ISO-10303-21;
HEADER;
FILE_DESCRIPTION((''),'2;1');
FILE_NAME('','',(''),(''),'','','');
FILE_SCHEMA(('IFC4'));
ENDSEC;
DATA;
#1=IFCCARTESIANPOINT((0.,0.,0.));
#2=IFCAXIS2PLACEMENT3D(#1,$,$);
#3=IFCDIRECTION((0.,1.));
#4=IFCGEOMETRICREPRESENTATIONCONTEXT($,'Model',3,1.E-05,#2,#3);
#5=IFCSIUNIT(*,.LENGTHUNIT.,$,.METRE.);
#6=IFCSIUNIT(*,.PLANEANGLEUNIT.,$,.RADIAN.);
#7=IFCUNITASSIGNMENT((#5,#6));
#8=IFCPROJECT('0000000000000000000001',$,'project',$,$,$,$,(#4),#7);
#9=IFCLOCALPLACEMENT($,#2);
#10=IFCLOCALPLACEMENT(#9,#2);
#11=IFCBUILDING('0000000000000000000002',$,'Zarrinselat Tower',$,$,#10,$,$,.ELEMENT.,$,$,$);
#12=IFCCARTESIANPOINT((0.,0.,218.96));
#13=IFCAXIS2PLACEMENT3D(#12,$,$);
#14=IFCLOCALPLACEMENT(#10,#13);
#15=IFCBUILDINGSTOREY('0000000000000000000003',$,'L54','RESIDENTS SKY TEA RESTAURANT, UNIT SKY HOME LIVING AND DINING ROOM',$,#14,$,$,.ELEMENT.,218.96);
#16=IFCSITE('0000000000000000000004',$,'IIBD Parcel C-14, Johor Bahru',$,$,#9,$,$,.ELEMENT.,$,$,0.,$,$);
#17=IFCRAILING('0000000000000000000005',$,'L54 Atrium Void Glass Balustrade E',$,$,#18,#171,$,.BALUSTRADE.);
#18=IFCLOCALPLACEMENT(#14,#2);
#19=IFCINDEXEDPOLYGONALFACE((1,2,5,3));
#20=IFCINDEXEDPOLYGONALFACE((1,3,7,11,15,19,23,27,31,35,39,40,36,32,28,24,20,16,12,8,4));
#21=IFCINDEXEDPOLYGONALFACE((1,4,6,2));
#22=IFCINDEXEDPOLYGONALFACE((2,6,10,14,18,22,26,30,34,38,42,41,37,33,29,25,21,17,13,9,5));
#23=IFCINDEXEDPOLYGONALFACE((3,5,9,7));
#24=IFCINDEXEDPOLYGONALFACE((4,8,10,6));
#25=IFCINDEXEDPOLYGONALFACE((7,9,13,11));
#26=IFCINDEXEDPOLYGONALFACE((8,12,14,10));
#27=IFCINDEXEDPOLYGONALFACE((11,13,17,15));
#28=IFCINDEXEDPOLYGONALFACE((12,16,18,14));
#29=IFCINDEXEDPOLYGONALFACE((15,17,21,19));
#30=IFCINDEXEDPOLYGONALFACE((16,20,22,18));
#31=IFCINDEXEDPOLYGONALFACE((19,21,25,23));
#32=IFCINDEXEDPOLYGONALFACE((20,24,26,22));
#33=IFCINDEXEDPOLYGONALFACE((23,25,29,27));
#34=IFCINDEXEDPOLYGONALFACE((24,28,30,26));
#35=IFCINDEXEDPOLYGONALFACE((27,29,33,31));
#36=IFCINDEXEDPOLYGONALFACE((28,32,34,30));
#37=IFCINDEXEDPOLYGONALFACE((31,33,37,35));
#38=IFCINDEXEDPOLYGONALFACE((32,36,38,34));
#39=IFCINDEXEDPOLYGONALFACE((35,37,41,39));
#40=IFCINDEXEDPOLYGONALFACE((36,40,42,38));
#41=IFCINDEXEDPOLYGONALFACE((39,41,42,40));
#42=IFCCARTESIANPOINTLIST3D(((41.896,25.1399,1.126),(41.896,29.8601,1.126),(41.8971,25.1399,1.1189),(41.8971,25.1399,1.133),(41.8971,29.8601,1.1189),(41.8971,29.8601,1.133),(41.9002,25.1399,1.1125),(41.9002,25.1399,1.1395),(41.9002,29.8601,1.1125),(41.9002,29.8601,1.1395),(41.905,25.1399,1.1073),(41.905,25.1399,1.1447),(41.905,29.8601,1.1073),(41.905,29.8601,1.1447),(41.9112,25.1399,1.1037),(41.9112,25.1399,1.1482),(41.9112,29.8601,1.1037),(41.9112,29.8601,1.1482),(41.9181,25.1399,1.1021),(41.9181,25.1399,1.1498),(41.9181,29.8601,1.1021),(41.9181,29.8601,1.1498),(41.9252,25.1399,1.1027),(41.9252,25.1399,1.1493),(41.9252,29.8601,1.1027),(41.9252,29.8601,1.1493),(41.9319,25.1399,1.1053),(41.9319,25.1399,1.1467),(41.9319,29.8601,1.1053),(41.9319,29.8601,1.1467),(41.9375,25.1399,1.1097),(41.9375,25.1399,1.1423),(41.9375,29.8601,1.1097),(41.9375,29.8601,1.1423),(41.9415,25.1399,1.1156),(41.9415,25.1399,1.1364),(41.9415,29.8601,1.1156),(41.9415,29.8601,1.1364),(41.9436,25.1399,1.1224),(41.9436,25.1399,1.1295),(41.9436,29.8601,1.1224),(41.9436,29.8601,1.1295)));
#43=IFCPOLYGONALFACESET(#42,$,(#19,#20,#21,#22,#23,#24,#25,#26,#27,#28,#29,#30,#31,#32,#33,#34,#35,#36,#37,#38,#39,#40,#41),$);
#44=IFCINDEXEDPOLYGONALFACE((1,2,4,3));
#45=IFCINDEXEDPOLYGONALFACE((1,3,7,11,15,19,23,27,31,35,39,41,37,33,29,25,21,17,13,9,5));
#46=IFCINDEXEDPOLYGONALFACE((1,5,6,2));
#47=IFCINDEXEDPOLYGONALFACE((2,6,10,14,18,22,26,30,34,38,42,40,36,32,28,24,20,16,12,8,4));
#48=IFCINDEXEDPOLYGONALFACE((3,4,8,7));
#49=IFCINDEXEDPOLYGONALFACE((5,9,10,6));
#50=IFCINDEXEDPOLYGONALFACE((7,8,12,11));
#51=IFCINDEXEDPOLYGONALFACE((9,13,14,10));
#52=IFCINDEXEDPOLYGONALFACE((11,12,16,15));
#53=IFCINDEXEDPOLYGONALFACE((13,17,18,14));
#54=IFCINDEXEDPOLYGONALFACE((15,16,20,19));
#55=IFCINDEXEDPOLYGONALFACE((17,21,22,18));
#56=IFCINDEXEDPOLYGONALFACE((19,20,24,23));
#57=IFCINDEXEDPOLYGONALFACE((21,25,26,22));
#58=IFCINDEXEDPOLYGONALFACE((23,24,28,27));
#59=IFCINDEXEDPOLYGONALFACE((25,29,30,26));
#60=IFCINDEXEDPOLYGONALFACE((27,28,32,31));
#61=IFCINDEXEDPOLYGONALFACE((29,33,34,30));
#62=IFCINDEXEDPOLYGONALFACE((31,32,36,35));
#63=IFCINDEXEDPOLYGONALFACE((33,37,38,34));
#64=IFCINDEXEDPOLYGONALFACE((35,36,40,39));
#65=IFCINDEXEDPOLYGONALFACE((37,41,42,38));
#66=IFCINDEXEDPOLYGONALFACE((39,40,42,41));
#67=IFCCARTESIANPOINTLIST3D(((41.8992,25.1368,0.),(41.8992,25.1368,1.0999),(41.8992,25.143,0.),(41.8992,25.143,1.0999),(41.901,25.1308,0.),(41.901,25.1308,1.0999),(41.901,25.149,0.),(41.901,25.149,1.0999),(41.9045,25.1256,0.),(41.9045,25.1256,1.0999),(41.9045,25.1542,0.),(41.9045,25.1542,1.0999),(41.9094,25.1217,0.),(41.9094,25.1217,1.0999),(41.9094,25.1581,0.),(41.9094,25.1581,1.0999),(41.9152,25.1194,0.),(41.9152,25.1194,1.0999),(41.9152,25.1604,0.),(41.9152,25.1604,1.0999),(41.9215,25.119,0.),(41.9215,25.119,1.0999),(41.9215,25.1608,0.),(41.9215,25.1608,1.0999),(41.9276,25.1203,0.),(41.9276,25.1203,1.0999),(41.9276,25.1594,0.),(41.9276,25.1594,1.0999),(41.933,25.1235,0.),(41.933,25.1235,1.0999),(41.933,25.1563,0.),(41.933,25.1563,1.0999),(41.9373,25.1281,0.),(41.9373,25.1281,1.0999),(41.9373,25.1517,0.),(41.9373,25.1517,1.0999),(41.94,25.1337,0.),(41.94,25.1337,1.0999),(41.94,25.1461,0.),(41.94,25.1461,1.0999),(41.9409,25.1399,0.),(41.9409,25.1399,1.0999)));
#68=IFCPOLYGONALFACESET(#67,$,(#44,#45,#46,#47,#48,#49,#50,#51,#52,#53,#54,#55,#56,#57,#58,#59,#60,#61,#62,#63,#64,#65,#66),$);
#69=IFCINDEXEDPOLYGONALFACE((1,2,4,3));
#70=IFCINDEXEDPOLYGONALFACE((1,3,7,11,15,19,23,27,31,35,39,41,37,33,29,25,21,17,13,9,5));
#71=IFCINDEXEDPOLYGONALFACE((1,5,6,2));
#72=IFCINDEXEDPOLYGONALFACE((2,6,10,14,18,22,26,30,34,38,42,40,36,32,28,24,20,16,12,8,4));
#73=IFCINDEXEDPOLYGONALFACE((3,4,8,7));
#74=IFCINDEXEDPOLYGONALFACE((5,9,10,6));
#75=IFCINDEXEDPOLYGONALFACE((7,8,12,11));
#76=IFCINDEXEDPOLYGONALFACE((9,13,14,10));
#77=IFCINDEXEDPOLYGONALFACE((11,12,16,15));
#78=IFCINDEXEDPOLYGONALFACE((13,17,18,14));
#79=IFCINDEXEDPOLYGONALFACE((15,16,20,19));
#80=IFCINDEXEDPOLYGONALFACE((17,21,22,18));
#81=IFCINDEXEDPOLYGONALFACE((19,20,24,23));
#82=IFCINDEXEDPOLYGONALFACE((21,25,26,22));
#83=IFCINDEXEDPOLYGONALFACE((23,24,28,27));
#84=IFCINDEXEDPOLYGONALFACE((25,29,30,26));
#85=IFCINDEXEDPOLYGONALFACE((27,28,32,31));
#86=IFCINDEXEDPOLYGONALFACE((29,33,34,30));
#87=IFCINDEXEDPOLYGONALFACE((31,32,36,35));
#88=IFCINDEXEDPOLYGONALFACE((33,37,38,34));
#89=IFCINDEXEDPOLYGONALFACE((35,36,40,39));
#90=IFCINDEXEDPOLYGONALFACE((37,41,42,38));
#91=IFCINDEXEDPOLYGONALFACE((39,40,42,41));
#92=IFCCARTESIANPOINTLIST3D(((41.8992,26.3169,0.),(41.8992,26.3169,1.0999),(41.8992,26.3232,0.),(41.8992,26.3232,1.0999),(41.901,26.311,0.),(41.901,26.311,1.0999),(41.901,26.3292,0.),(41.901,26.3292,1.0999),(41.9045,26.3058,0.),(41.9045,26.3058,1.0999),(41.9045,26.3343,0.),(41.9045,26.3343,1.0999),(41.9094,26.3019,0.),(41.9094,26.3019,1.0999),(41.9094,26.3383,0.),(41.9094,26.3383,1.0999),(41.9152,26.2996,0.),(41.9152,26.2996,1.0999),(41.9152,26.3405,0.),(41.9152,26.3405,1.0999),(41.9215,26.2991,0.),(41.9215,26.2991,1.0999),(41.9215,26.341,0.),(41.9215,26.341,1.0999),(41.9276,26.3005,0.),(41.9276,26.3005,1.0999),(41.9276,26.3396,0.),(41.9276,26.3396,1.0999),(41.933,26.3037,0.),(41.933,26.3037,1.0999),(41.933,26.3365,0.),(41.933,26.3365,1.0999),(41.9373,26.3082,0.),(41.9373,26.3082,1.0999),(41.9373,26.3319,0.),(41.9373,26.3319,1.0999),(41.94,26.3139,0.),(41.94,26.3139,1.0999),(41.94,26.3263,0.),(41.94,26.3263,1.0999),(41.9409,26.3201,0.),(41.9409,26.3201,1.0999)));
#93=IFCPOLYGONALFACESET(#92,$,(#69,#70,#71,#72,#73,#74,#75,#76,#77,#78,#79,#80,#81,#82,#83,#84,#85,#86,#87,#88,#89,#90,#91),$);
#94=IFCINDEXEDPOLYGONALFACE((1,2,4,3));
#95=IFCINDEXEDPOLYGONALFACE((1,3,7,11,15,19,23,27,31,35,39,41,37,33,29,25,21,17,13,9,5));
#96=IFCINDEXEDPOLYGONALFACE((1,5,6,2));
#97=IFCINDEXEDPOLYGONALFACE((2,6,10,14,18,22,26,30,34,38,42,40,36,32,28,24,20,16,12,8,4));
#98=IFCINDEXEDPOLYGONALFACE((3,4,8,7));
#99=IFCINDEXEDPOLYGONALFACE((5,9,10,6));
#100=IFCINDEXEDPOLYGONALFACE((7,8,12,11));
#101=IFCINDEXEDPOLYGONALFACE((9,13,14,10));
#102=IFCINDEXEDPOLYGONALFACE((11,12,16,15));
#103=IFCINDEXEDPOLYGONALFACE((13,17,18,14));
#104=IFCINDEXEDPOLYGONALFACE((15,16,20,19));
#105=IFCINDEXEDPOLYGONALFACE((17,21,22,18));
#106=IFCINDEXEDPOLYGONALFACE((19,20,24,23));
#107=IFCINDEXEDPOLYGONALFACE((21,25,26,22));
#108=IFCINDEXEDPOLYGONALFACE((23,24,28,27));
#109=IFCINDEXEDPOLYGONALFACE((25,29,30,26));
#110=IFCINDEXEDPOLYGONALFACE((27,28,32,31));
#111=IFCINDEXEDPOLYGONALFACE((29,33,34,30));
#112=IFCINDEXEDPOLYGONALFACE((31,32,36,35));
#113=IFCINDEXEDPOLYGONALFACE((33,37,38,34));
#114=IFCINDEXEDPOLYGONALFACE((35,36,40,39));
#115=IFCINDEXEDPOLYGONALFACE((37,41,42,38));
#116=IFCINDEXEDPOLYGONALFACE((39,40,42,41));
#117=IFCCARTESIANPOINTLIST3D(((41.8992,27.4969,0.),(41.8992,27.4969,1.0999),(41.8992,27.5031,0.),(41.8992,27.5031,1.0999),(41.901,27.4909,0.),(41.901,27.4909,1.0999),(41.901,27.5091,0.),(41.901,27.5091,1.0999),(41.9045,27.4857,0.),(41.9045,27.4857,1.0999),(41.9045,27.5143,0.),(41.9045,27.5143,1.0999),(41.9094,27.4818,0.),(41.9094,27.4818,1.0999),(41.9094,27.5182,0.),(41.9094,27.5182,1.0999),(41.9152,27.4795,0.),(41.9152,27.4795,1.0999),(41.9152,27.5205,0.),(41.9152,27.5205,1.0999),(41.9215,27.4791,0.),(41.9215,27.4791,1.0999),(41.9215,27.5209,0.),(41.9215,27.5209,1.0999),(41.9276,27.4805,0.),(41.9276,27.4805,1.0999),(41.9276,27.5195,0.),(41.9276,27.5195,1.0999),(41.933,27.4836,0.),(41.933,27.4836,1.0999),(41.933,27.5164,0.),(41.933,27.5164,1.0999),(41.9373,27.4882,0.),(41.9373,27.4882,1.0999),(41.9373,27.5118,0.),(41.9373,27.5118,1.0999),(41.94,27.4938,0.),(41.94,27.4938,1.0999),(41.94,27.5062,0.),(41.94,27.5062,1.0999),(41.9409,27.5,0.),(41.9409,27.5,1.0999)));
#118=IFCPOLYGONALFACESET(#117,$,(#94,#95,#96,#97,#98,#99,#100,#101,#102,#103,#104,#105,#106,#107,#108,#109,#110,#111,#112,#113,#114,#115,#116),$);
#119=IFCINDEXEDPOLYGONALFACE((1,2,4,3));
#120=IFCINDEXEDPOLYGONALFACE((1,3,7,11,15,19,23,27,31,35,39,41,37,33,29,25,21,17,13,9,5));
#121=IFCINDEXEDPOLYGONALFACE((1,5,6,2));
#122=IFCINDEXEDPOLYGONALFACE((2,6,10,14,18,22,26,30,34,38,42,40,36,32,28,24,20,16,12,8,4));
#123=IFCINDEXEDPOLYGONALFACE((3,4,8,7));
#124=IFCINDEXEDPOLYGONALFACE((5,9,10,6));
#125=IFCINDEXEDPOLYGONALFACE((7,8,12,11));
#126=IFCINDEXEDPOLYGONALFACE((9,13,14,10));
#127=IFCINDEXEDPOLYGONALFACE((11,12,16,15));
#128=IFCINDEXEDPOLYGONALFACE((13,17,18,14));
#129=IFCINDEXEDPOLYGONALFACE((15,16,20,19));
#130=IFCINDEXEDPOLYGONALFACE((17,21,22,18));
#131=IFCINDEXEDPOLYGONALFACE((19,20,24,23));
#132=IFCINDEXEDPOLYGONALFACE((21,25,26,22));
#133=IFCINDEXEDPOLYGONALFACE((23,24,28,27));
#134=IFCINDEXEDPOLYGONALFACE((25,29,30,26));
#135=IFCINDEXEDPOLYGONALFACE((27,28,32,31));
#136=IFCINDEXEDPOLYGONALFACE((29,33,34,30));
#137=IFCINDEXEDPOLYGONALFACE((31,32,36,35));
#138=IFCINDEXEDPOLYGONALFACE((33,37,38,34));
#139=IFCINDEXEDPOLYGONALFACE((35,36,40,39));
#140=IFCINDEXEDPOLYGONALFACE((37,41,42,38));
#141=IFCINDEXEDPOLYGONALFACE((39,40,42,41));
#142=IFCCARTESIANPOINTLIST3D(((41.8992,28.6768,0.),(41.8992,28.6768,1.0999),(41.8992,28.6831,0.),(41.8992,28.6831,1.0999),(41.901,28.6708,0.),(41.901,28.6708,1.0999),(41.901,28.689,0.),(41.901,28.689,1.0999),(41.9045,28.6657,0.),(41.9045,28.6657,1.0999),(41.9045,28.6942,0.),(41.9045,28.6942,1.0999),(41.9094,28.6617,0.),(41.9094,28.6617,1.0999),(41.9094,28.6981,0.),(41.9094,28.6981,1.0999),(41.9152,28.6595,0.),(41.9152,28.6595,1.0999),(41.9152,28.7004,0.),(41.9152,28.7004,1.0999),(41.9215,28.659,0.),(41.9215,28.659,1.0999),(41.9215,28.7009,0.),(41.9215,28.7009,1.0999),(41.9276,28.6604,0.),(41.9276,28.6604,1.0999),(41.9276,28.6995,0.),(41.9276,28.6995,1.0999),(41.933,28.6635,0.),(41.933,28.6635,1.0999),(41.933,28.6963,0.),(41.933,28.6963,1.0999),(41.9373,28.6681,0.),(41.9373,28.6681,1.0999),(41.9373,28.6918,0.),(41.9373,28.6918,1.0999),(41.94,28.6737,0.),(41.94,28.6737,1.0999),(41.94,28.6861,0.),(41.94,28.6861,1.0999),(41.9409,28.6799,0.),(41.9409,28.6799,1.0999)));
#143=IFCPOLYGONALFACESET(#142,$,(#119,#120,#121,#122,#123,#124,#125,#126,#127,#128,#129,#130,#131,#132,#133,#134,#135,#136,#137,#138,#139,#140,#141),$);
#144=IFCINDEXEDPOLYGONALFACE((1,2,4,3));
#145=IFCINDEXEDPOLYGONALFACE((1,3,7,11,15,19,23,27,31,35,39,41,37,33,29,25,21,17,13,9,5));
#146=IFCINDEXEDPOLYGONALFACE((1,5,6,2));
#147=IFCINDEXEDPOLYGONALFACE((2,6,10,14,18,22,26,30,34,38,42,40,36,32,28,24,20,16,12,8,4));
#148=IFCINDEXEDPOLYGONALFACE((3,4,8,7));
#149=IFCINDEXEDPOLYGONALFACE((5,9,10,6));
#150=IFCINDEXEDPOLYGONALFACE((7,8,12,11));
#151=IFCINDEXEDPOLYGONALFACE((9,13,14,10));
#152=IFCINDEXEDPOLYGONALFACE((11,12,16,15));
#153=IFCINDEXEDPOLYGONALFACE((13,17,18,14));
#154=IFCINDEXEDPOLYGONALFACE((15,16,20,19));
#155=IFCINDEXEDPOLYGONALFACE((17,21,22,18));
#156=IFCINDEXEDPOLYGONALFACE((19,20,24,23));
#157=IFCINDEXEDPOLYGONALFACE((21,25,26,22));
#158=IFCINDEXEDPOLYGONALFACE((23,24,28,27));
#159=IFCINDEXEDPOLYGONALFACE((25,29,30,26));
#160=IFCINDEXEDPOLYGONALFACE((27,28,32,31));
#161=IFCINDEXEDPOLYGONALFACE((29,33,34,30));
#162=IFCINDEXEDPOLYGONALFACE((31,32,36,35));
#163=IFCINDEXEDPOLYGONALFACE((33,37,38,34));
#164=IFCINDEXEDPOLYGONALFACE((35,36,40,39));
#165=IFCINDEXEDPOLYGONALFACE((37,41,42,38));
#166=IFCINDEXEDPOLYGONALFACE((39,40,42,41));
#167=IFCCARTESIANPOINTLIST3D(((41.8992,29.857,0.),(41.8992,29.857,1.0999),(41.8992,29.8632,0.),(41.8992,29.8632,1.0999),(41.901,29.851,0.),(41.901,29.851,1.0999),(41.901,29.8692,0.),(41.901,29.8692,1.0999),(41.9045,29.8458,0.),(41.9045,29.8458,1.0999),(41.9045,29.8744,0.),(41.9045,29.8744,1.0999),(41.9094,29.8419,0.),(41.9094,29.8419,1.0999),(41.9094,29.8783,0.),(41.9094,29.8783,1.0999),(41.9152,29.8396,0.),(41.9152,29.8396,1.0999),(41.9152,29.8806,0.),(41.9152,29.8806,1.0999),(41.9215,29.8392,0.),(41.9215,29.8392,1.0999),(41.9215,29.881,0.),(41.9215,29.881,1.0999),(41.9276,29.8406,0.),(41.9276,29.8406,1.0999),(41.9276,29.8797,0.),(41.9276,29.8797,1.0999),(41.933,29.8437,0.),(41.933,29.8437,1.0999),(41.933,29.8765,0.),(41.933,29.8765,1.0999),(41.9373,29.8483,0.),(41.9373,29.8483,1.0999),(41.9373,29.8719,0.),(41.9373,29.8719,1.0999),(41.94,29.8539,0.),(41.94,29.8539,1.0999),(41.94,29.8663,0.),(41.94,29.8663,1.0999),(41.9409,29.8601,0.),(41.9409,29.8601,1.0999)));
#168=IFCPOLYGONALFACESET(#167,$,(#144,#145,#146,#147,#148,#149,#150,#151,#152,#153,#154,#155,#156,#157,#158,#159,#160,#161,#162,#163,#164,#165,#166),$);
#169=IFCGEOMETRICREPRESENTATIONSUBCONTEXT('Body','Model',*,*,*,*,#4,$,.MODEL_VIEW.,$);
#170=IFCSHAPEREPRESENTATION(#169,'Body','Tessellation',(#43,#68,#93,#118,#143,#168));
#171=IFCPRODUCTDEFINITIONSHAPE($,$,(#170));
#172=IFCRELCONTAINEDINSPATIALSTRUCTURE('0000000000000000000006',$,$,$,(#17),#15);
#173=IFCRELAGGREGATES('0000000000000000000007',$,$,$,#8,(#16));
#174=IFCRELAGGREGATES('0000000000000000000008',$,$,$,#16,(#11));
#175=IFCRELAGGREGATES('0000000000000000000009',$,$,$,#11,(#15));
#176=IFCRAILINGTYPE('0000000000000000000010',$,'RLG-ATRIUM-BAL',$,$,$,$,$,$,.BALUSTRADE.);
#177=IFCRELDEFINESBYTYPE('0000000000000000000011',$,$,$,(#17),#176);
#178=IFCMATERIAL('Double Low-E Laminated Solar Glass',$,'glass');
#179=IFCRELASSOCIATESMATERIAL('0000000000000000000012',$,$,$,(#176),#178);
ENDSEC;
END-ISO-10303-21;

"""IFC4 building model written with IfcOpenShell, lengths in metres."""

from ifc_helpers import new_model, si_unit, direction, frame, origin, origin_2d, place, context, subcontext, project, spatial, circle, extrude, material, type_object, element, save


model = new_model("IFC4")

# Units and contexts
model_context = context("Model", 3, precision=1e-05, world=origin(), true_north=direction((0.0, 1.0)))
body_context = subcontext(model_context, "Body", "Model", "MODEL_VIEW")
ifc_project = project(units=[si_unit("LENGTHUNIT", "METRE"), si_unit("PLANEANGLEUNIT", "RADIAN")], contexts=[model_context])

# Site, building, storey
site_placement = place(None, origin())
site = spatial("IfcSite", under=ifc_project, at=site_placement, Name="IIBD Parcel C-14, Johor Bahru", CompositionType="ELEMENT", RefElevation=0.0)
building_placement = place(site_placement, origin())
building = spatial("IfcBuilding", under=site, at=building_placement, Name="Zarrinselat Tower", CompositionType="ELEMENT")
storey_placement = place(building_placement, frame((0.0, 0.0, 218.96)))
storey = spatial("IfcBuildingStorey", under=building, at=storey_placement, Name="L54", Description="RESIDENTS SKY TEA RESTAURANT, UNIT SKY HOME LIVING AND DINING ROOM", CompositionType="ELEMENT", Elevation=218.96)

# Railing
ifc_material_1 = material(Name="Double Low-E Laminated Solar Glass", Category="glass")
railing_type = type_object("IfcRailingType", Name="RLG-ATRIUM-BAL", PredefinedType="BALUSTRADE", material=ifc_material_1)
railing_1_placement = place(storey_placement, frame((41.9199, 25.1399, 0.0)))
element("IfcRailing", 1, at=railing_1_placement, inside=storey, type_object=railing_type, Name="L54 Atrium Void Glass Balustrade E", PredefinedType="BALUSTRADE", context=body_context, shape_type="SweptSolid", body=[
    extrude(circle(Radius=0.0239, at=origin_2d()), frame((0.0, 0.0, 1.126), z_axis=(0.0, 1.0, 0.0), x_axis=(-1.0, 0.0, 0.0)), (0.0, 0.0, 1.0), 4.7202),
    extrude(circle(Radius=0.021, at=origin_2d()), origin(), (0.0, 0.0, 1.0), 1.0999),
    extrude(circle(Radius=0.021, at=origin_2d()), frame((0.0, 1.1802, 0.0)), (0.0, 0.0, 1.0), 1.0999),
    extrude(circle(Radius=0.021, at=origin_2d()), frame((0.0, 2.3601, 0.0)), (0.0, 0.0, 1.0), 1.0999),
    extrude(circle(Radius=0.021, at=origin_2d()), frame((0.0, 3.54, 0.0)), (0.0, 0.0, 1.0), 1.0999),
    extrude(circle(Radius=0.021, at=origin_2d()), frame((0.0, 4.7202, 0.0)), (0.0, 0.0, 1.0), 1.0999),
])

save(model, "model.ifc")
